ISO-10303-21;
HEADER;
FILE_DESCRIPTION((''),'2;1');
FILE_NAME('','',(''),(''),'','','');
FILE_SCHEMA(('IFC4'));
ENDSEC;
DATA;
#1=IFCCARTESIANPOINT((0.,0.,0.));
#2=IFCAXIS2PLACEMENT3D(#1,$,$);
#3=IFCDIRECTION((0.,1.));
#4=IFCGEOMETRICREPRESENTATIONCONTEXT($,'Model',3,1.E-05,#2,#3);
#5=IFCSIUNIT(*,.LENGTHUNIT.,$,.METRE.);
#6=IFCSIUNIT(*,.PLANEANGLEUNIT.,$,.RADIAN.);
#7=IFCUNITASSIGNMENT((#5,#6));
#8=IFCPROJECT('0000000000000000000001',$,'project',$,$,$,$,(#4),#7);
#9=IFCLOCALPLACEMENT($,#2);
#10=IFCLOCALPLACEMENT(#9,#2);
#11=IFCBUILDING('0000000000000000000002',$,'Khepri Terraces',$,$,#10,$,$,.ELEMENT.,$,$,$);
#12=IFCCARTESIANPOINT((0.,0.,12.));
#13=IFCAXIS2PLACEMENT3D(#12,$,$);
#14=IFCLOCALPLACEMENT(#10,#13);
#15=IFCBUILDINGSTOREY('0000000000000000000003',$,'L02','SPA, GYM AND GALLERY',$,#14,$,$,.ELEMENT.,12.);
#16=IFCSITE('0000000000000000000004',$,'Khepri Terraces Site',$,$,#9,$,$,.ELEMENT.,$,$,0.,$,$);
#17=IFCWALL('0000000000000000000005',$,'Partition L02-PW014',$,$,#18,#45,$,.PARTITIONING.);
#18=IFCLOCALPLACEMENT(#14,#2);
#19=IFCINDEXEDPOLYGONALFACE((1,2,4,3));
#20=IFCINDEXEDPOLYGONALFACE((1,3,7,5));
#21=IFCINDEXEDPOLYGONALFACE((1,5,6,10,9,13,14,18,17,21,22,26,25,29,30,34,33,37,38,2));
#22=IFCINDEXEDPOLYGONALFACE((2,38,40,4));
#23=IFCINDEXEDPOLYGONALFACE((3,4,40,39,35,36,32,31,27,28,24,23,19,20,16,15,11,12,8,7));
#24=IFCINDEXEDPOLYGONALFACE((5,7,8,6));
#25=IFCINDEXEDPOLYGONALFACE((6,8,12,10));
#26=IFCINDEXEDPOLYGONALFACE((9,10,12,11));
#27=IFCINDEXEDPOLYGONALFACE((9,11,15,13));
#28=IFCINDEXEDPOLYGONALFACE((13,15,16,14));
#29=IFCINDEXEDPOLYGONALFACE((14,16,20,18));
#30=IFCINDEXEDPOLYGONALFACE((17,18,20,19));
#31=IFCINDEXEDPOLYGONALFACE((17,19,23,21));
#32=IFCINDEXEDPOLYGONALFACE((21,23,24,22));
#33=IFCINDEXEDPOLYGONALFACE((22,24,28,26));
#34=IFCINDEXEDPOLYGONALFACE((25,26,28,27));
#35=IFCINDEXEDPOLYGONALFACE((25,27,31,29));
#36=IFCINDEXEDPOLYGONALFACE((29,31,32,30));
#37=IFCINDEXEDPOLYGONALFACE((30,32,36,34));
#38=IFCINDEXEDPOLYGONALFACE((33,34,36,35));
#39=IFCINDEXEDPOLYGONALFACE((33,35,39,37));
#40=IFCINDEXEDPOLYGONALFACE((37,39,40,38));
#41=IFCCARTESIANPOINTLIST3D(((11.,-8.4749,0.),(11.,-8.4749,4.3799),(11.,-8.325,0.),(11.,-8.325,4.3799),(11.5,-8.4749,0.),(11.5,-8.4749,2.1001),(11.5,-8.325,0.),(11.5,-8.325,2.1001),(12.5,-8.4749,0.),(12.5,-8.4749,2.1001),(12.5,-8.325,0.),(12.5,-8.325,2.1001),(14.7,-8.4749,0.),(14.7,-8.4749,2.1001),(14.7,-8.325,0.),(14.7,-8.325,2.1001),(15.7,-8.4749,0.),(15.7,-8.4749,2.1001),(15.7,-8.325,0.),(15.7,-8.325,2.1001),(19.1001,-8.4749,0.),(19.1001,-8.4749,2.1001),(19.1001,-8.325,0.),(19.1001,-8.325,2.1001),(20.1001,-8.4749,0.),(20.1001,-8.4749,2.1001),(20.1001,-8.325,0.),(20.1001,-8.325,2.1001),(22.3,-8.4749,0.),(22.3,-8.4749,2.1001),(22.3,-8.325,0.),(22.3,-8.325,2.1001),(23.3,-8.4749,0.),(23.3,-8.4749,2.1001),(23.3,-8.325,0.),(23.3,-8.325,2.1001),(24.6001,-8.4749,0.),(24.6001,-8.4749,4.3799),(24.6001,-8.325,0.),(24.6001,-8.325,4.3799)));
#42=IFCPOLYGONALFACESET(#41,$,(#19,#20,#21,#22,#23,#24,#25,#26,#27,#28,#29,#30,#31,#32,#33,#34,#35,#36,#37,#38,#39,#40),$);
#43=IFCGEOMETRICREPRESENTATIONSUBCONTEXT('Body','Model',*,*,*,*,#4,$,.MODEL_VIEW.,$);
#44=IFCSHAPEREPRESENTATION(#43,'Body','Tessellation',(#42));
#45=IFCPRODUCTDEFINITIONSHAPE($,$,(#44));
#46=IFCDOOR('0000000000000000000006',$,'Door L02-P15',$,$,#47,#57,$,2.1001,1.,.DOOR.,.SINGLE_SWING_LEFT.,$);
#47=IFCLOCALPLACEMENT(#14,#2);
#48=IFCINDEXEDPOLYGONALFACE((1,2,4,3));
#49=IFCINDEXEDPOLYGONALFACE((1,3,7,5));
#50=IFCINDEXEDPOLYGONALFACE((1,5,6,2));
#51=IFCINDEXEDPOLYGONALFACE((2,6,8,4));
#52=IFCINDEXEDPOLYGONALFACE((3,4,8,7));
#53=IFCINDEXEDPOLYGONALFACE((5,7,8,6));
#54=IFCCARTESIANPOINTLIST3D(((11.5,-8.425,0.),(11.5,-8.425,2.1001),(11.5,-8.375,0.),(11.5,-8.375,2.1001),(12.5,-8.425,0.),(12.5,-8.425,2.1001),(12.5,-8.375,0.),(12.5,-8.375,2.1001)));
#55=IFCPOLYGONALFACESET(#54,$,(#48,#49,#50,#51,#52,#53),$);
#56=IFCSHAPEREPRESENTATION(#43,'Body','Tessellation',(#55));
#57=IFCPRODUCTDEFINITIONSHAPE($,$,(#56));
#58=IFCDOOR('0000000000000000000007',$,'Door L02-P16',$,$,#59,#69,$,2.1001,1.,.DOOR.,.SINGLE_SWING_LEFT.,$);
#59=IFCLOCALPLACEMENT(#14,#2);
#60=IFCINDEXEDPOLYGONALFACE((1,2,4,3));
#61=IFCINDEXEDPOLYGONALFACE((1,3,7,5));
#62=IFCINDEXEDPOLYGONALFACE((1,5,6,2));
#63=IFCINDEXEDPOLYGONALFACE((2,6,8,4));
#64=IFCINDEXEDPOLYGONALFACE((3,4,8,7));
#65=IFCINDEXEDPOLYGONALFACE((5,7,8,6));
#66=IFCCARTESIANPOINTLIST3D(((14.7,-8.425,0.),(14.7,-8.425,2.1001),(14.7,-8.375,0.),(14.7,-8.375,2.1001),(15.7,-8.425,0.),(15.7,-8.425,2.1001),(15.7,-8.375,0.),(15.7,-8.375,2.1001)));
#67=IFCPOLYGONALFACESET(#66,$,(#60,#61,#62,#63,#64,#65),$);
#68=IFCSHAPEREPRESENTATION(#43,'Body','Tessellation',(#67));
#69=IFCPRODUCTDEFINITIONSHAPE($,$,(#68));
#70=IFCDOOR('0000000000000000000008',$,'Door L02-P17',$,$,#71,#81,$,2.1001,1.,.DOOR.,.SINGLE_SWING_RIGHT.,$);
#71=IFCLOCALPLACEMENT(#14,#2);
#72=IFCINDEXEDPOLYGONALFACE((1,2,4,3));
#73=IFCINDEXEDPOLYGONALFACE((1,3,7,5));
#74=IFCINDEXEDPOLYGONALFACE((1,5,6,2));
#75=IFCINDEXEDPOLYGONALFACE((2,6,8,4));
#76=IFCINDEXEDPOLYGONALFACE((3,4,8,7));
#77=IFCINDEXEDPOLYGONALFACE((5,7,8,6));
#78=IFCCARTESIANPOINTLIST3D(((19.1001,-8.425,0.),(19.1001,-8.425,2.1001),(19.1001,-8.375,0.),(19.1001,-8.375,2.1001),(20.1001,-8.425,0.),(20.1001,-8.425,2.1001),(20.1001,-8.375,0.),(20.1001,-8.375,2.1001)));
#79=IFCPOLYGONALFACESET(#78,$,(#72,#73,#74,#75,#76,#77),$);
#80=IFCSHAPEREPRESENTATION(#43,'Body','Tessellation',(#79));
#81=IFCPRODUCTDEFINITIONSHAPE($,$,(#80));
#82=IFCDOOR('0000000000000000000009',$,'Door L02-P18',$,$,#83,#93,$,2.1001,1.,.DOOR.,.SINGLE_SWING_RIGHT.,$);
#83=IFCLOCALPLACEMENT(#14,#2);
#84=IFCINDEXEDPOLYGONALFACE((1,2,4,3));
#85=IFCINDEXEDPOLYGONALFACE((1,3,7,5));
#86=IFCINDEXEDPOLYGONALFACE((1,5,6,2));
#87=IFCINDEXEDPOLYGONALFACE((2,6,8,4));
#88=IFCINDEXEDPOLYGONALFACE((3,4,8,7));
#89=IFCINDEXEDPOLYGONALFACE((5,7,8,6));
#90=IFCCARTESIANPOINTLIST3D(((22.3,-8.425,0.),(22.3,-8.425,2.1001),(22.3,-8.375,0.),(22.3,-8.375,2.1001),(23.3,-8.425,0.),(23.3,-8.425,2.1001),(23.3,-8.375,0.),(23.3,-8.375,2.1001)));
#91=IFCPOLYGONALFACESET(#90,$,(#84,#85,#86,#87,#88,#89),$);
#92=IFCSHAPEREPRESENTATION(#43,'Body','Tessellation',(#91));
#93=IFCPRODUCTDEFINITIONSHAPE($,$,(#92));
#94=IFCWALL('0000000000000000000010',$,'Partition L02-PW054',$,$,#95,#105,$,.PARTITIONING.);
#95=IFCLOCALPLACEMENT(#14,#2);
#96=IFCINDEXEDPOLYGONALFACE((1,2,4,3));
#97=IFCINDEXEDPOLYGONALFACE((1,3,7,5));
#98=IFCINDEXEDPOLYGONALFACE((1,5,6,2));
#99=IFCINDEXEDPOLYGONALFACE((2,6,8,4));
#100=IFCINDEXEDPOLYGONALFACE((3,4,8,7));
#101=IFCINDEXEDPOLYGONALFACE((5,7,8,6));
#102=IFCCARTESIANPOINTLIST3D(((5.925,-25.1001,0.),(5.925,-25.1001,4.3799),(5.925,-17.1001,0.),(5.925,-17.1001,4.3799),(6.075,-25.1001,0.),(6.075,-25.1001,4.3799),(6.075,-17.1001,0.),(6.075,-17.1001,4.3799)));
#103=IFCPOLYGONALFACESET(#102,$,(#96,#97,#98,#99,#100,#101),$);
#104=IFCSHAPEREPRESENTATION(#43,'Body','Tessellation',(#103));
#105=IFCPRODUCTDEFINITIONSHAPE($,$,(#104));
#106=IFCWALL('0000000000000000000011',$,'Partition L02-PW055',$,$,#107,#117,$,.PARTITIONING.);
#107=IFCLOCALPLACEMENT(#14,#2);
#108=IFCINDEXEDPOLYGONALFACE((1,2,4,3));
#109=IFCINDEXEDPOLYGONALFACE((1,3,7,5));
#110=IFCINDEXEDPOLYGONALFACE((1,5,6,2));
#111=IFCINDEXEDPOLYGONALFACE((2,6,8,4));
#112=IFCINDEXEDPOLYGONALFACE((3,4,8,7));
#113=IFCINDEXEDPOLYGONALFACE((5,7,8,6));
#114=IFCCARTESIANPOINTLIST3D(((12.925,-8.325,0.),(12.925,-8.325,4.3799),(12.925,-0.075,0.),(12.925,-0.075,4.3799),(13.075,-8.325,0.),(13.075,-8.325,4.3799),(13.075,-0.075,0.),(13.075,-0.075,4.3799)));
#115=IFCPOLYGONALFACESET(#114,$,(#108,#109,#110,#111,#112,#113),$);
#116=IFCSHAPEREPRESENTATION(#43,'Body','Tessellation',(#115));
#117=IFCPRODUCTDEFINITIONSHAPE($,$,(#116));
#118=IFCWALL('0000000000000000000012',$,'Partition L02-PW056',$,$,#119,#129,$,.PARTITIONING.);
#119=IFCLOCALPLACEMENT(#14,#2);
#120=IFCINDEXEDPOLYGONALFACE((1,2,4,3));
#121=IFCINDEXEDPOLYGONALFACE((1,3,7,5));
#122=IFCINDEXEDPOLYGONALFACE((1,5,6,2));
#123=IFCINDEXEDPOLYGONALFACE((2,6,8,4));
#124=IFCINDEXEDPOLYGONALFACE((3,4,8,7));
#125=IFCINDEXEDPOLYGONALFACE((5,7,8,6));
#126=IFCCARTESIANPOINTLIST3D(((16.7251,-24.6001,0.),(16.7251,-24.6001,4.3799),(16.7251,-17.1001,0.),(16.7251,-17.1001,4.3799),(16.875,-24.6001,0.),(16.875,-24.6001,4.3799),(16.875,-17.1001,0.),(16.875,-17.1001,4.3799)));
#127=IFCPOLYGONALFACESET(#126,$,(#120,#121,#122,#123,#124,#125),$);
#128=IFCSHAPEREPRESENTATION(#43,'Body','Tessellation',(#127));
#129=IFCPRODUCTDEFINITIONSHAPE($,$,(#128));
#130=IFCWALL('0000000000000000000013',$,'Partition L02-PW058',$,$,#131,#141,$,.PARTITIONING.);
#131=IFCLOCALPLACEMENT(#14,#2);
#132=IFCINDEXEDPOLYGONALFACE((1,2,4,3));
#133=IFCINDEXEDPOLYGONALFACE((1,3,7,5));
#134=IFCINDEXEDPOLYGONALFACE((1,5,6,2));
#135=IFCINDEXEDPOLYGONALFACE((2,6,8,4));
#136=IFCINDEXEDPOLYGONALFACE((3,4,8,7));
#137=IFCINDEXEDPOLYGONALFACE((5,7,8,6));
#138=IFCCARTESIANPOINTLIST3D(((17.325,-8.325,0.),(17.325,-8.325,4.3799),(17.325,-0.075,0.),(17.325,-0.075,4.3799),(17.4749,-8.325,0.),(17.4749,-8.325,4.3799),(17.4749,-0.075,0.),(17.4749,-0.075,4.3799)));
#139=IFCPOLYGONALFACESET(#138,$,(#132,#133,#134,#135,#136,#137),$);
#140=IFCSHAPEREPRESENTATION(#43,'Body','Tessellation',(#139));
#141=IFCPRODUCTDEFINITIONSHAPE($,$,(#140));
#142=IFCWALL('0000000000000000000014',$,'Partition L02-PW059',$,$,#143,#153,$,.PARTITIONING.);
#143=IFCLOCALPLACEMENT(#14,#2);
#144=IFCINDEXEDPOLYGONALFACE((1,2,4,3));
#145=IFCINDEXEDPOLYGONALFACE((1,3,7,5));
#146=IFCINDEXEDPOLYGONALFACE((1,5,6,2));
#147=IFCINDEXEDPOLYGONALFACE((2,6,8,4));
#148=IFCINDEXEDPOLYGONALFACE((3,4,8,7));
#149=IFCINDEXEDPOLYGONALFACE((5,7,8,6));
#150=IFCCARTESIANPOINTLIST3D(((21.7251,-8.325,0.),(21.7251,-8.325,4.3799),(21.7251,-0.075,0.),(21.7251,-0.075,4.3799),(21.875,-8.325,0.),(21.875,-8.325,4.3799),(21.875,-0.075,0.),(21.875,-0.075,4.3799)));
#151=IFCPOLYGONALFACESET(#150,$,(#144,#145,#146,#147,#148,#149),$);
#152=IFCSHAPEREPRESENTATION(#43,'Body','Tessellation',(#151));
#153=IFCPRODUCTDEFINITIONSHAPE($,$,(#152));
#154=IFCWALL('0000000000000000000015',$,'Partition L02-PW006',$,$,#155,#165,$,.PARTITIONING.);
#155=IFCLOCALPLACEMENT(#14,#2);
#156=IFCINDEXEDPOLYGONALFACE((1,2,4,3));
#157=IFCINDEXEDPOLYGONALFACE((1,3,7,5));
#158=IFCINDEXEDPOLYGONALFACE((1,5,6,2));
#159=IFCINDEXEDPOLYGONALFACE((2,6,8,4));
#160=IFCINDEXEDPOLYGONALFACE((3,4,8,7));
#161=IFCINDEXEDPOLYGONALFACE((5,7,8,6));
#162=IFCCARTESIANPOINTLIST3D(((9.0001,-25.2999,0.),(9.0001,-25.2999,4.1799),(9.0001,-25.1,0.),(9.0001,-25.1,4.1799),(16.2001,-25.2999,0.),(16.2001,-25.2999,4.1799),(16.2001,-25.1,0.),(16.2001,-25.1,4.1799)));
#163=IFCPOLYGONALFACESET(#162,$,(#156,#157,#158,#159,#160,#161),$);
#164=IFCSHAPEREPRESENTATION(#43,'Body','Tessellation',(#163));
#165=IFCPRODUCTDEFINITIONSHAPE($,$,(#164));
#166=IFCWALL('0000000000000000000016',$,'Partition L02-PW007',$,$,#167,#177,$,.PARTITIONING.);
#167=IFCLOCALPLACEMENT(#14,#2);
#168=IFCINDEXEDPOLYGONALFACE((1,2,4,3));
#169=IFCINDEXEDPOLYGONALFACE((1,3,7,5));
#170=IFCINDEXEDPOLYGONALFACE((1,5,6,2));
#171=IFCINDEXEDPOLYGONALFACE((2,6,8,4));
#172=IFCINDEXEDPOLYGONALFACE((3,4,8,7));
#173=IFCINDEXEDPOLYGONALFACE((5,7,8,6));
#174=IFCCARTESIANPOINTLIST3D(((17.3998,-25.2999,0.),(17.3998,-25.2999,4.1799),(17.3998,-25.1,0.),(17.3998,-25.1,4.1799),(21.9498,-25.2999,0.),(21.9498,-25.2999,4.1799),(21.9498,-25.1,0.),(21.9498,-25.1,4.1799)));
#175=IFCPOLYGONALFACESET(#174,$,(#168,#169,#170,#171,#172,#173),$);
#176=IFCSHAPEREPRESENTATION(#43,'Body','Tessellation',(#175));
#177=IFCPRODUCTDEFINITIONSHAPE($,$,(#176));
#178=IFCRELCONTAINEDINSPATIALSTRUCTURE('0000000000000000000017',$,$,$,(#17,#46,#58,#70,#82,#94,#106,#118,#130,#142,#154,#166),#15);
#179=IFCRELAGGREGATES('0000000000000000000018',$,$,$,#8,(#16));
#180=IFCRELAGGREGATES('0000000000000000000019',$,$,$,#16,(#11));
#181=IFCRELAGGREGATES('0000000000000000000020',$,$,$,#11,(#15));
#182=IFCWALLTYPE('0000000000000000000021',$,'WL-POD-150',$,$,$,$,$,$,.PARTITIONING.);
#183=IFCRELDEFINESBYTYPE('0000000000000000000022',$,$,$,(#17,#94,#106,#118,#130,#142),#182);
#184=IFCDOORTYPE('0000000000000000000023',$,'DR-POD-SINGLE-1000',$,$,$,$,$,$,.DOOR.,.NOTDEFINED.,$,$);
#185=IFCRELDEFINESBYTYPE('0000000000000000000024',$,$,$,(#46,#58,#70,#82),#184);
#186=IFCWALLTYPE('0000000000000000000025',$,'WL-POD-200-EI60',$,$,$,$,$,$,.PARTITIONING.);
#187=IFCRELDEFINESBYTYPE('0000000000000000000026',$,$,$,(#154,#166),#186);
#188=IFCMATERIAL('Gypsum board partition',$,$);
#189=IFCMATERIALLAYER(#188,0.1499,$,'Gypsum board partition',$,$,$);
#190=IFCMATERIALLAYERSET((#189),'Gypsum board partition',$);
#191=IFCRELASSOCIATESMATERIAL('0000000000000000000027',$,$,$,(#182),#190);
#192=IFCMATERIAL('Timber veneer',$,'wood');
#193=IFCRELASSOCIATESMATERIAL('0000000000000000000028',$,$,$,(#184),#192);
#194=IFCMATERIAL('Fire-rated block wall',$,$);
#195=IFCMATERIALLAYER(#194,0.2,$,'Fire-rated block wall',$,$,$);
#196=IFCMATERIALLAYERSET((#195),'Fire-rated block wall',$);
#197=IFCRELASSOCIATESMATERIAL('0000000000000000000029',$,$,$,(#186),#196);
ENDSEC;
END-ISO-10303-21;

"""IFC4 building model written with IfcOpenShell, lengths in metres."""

from ifc_helpers import new_model, si_unit, direction, frame, frame_2d, origin, place, context, subcontext, project, spatial, rectangle, extrude, material, layer, layer_set, type_object, element, fill, save


model = new_model("IFC4")

# Units and contexts
model_context = context("Model", 3, precision=1e-05, world=origin(), true_north=direction((0.0, 1.0)))
body_context = subcontext(model_context, "Body", "Model", "MODEL_VIEW")
ifc_project = project(units=[si_unit("LENGTHUNIT", "METRE"), si_unit("PLANEANGLEUNIT", "RADIAN")], contexts=[model_context])

# Site, building, storey
site_placement = place(None, origin())
site = spatial("IfcSite", under=ifc_project, at=site_placement, Name="Khepri Terraces Site", CompositionType="ELEMENT", RefElevation=0.0)
building_placement = place(site_placement, origin())
building = spatial("IfcBuilding", under=site, at=building_placement, Name="Khepri Terraces", CompositionType="ELEMENT")
storey_placement = place(building_placement, frame((0.0, 0.0, 12.0)))
storey = spatial("IfcBuildingStorey", under=building, at=storey_placement, Name="L02", Description="SPA, GYM AND GALLERY", CompositionType="ELEMENT", Elevation=12.0)

# Wall, openings, doors
ifc_material_1 = material(Name="Gypsum board partition")
ifc_layer_1 = layer(ifc_material_1, 0.1499, Name="Gypsum board partition")
ifc_layer_set_1 = layer_set([ifc_layer_1], Name="Gypsum board partition")
wall_type_1 = type_object("IfcWallType", Name="WL-POD-150", PredefinedType="PARTITIONING", material=ifc_layer_set_1)
wall_1_placement = place(storey_placement, frame((11.0, -8.3999, 0.0), z_axis=(0.0, 0.0, 1.0), x_axis=(1.0, 0.0, 0.0)))
wall_1 = element("IfcWall", 1, at=wall_1_placement, inside=storey, type_object=wall_type_1, Name="Partition L02-PW014", PredefinedType="PARTITIONING", context=body_context, shape_type="SweptSolid", body=[
    extrude(rectangle(XDim=13.6001, YDim=0.1499, at=frame_2d((6.8, 0.0))), origin(), (0.0, 0.0, 1.0), 4.3799),
])
opening_1_placement = place(wall_1_placement, frame((0.5, 0.0, 0.0)))
opening_1 = element("IfcOpeningElement", 2, at=opening_1_placement, cuts=wall_1, PredefinedType="OPENING", context=body_context, shape_type="SweptSolid", body=[
    extrude(rectangle(XDim=1.0, YDim=2.1001, at=frame_2d((0.5, 1.05))), frame((0.0, 0.085, 0.0), z_axis=(0.0, -1.0, 0.0), x_axis=(1.0, 0.0, 0.0)), (0.0, 0.0, 1.0), 0.1699),
])
opening_2_placement = place(wall_1_placement, frame((3.7, 0.0, 0.0)))
opening_2 = element("IfcOpeningElement", 3, at=opening_2_placement, cuts=wall_1, PredefinedType="OPENING", context=body_context, shape_type="SweptSolid", body=[
    extrude(rectangle(XDim=1.0, YDim=2.1001, at=frame_2d((0.5, 1.05))), frame((0.0, 0.085, 0.0), z_axis=(0.0, -1.0, 0.0), x_axis=(1.0, 0.0, 0.0)), (0.0, 0.0, 1.0), 0.1699),
])
opening_3_placement = place(wall_1_placement, frame((8.1001, 0.0, 0.0)))
opening_3 = element("IfcOpeningElement", 4, at=opening_3_placement, cuts=wall_1, PredefinedType="OPENING", context=body_context, shape_type="SweptSolid", body=[
    extrude(rectangle(XDim=1.0, YDim=2.1001, at=frame_2d((0.5, 1.05))), frame((0.0, 0.085, 0.0), z_axis=(0.0, -1.0, 0.0), x_axis=(1.0, 0.0, 0.0)), (0.0, 0.0, 1.0), 0.1699),
])
opening_4_placement = place(wall_1_placement, frame((11.3, 0.0, 0.0)))
opening_4 = element("IfcOpeningElement", 5, at=opening_4_placement, cuts=wall_1, PredefinedType="OPENING", context=body_context, shape_type="SweptSolid", body=[
    extrude(rectangle(XDim=1.0, YDim=2.1001, at=frame_2d((0.5, 1.05))), frame((0.0, 0.085, 0.0), z_axis=(0.0, -1.0, 0.0), x_axis=(1.0, 0.0, 0.0)), (0.0, 0.0, 1.0), 0.1699),
])
ifc_material_2 = material(Name="Timber veneer", Category="wood")
door_type_1 = type_object("IfcDoorType", Name="DR-POD-SINGLE-1000", OperationType="NOTDEFINED", PredefinedType="DOOR", material=ifc_material_2)
door_1_placement = place(opening_1_placement, origin())
door_1 = element("IfcDoor", 6, at=door_1_placement, inside=storey, type_object=door_type_1, Name="Door L02-P15", OperationType="SINGLE_SWING_LEFT", OverallHeight=2.1001, OverallWidth=1.0, PredefinedType="DOOR", context=body_context, shape_type="SweptSolid", body=[
    extrude(rectangle(XDim=1.0, YDim=2.1001, at=frame_2d((0.5, 1.05))), frame((0.0, 0.0249, 0.0), z_axis=(0.0, -1.0, 0.0), x_axis=(1.0, 0.0, 0.0)), (0.0, 0.0, 1.0), 0.05),
])
fill(opening_1, door_1)
door_2_placement = place(opening_2_placement, origin())
door_2 = element("IfcDoor", 7, at=door_2_placement, inside=storey, type_object=door_type_1, Name="Door L02-P16", OperationType="SINGLE_SWING_LEFT", OverallHeight=2.1001, OverallWidth=1.0, PredefinedType="DOOR", context=body_context, shape_type="SweptSolid", body=[
    extrude(rectangle(XDim=1.0, YDim=2.1001, at=frame_2d((0.5, 1.05))), frame((0.0, 0.0249, 0.0), z_axis=(0.0, -1.0, 0.0), x_axis=(1.0, 0.0, 0.0)), (0.0, 0.0, 1.0), 0.05),
])
fill(opening_2, door_2)
door_3_placement = place(opening_3_placement, origin())
door_3 = element("IfcDoor", 8, at=door_3_placement, inside=storey, type_object=door_type_1, Name="Door L02-P17", OperationType="SINGLE_SWING_RIGHT", OverallHeight=2.1001, OverallWidth=1.0, PredefinedType="DOOR", context=body_context, shape_type="SweptSolid", body=[
    extrude(rectangle(XDim=1.0, YDim=2.1001, at=frame_2d((0.5, 1.05))), frame((0.0, 0.0249, 0.0), z_axis=(0.0, -1.0, 0.0), x_axis=(1.0, 0.0, 0.0)), (0.0, 0.0, 1.0), 0.05),
])
fill(opening_3, door_3)
door_4_placement = place(opening_4_placement, origin())
door_4 = element("IfcDoor", 9, at=door_4_placement, inside=storey, type_object=door_type_1, Name="Door L02-P18", OperationType="SINGLE_SWING_RIGHT", OverallHeight=2.1001, OverallWidth=1.0, PredefinedType="DOOR", context=body_context, shape_type="SweptSolid", body=[
    extrude(rectangle(XDim=1.0, YDim=2.1001, at=frame_2d((0.5, 1.05))), frame((0.0, 0.0249, 0.0), z_axis=(0.0, -1.0, 0.0), x_axis=(1.0, 0.0, 0.0)), (0.0, 0.0, 1.0), 0.05),
])
fill(opening_4, door_4)

# Walls
wall_2_placement = place(storey_placement, frame((6.0, -25.1001, 0.0), z_axis=(0.0, 0.0, 1.0), x_axis=(0.0, 1.0, 0.0)))
element("IfcWall", 10, at=wall_2_placement, inside=storey, type_object=wall_type_1, Name="Partition L02-PW054", PredefinedType="PARTITIONING", context=body_context, shape_type="SweptSolid", body=[
    extrude(rectangle(XDim=8.0, YDim=0.1499, at=frame_2d((4.0, 0.0))), origin(), (0.0, 0.0, 1.0), 4.3799),
])
wall_3_placement = place(storey_placement, frame((13.0, -8.325, 0.0), z_axis=(0.0, 0.0, 1.0), x_axis=(0.0, 1.0, 0.0)))
element("IfcWall", 11, at=wall_3_placement, inside=storey, type_object=wall_type_1, Name="Partition L02-PW055", PredefinedType="PARTITIONING", context=body_context, shape_type="SweptSolid", body=[
    extrude(rectangle(XDim=8.25, YDim=0.1499, at=frame_2d((4.125, 0.0))), origin(), (0.0, 0.0, 1.0), 4.3799),
])
wall_4_placement = place(storey_placement, frame((16.8, -24.6001, 0.0), z_axis=(0.0, 0.0, 1.0), x_axis=(0.0, 1.0, 0.0)))
element("IfcWall", 12, at=wall_4_placement, inside=storey, type_object=wall_type_1, Name="Partition L02-PW056", PredefinedType="PARTITIONING", context=body_context, shape_type="SweptSolid", body=[
    extrude(rectangle(XDim=7.5, YDim=0.1499, at=frame_2d((3.75, 0.0))), origin(), (0.0, 0.0, 1.0), 4.3799),
])
for number, where, z_axis, x_axis, name in (
    (13, (17.3999, -8.325, 0.0), (0.0, 0.0, 1.0), (0.0, 1.0, 0.0), "Partition L02-PW058"),
    (14, (21.8, -8.325, 0.0), (0.0, 0.0, 1.0), (0.0, 1.0, 0.0), "Partition L02-PW059"),
):
    element("IfcWall", number, at=place(storey_placement, frame(where, z_axis=z_axis, x_axis=x_axis)), inside=storey, type_object=wall_type_1, Name=name, PredefinedType="PARTITIONING", context=body_context, shape_type="SweptSolid", body=[
        extrude(rectangle(XDim=8.25, YDim=0.1499, at=frame_2d((4.125, 0.0))), origin(), (0.0, 0.0, 1.0), 4.3799),
    ])
ifc_material_3 = material(Name="Fire-rated block wall")
ifc_layer_2 = layer(ifc_material_3, 0.2, Name="Fire-rated block wall")
ifc_layer_set_2 = layer_set([ifc_layer_2], Name="Fire-rated block wall")
wall_type_2 = type_object("IfcWallType", Name="WL-POD-200-EI60", PredefinedType="PARTITIONING", material=ifc_layer_set_2)
wall_5_placement = place(storey_placement, frame((9.0, -25.2, 0.0), z_axis=(0.0, 0.0, 1.0), x_axis=(1.0, 0.0, 0.0)))
element("IfcWall", 15, at=wall_5_placement, inside=storey, type_object=wall_type_2, Name="Partition L02-PW006", PredefinedType="PARTITIONING", context=body_context, shape_type="SweptSolid", body=[
    extrude(rectangle(XDim=7.2, YDim=0.2, at=frame_2d((3.6001, 0.0))), origin(), (0.0, 0.0, 1.0), 4.1799),
])
wall_6_placement = place(storey_placement, frame((17.3999, -25.2, 0.0), z_axis=(0.0, 0.0, 1.0), x_axis=(1.0, 0.0, 0.0)))
element("IfcWall", 16, at=wall_6_placement, inside=storey, type_object=wall_type_2, Name="Partition L02-PW007", PredefinedType="PARTITIONING", context=body_context, shape_type="SweptSolid", body=[
    extrude(rectangle(XDim=4.55, YDim=0.2, at=frame_2d((2.2749, 0.0))), origin(), (0.0, 0.0, 1.0), 4.1799),
])

save(model, "model.ifc")
